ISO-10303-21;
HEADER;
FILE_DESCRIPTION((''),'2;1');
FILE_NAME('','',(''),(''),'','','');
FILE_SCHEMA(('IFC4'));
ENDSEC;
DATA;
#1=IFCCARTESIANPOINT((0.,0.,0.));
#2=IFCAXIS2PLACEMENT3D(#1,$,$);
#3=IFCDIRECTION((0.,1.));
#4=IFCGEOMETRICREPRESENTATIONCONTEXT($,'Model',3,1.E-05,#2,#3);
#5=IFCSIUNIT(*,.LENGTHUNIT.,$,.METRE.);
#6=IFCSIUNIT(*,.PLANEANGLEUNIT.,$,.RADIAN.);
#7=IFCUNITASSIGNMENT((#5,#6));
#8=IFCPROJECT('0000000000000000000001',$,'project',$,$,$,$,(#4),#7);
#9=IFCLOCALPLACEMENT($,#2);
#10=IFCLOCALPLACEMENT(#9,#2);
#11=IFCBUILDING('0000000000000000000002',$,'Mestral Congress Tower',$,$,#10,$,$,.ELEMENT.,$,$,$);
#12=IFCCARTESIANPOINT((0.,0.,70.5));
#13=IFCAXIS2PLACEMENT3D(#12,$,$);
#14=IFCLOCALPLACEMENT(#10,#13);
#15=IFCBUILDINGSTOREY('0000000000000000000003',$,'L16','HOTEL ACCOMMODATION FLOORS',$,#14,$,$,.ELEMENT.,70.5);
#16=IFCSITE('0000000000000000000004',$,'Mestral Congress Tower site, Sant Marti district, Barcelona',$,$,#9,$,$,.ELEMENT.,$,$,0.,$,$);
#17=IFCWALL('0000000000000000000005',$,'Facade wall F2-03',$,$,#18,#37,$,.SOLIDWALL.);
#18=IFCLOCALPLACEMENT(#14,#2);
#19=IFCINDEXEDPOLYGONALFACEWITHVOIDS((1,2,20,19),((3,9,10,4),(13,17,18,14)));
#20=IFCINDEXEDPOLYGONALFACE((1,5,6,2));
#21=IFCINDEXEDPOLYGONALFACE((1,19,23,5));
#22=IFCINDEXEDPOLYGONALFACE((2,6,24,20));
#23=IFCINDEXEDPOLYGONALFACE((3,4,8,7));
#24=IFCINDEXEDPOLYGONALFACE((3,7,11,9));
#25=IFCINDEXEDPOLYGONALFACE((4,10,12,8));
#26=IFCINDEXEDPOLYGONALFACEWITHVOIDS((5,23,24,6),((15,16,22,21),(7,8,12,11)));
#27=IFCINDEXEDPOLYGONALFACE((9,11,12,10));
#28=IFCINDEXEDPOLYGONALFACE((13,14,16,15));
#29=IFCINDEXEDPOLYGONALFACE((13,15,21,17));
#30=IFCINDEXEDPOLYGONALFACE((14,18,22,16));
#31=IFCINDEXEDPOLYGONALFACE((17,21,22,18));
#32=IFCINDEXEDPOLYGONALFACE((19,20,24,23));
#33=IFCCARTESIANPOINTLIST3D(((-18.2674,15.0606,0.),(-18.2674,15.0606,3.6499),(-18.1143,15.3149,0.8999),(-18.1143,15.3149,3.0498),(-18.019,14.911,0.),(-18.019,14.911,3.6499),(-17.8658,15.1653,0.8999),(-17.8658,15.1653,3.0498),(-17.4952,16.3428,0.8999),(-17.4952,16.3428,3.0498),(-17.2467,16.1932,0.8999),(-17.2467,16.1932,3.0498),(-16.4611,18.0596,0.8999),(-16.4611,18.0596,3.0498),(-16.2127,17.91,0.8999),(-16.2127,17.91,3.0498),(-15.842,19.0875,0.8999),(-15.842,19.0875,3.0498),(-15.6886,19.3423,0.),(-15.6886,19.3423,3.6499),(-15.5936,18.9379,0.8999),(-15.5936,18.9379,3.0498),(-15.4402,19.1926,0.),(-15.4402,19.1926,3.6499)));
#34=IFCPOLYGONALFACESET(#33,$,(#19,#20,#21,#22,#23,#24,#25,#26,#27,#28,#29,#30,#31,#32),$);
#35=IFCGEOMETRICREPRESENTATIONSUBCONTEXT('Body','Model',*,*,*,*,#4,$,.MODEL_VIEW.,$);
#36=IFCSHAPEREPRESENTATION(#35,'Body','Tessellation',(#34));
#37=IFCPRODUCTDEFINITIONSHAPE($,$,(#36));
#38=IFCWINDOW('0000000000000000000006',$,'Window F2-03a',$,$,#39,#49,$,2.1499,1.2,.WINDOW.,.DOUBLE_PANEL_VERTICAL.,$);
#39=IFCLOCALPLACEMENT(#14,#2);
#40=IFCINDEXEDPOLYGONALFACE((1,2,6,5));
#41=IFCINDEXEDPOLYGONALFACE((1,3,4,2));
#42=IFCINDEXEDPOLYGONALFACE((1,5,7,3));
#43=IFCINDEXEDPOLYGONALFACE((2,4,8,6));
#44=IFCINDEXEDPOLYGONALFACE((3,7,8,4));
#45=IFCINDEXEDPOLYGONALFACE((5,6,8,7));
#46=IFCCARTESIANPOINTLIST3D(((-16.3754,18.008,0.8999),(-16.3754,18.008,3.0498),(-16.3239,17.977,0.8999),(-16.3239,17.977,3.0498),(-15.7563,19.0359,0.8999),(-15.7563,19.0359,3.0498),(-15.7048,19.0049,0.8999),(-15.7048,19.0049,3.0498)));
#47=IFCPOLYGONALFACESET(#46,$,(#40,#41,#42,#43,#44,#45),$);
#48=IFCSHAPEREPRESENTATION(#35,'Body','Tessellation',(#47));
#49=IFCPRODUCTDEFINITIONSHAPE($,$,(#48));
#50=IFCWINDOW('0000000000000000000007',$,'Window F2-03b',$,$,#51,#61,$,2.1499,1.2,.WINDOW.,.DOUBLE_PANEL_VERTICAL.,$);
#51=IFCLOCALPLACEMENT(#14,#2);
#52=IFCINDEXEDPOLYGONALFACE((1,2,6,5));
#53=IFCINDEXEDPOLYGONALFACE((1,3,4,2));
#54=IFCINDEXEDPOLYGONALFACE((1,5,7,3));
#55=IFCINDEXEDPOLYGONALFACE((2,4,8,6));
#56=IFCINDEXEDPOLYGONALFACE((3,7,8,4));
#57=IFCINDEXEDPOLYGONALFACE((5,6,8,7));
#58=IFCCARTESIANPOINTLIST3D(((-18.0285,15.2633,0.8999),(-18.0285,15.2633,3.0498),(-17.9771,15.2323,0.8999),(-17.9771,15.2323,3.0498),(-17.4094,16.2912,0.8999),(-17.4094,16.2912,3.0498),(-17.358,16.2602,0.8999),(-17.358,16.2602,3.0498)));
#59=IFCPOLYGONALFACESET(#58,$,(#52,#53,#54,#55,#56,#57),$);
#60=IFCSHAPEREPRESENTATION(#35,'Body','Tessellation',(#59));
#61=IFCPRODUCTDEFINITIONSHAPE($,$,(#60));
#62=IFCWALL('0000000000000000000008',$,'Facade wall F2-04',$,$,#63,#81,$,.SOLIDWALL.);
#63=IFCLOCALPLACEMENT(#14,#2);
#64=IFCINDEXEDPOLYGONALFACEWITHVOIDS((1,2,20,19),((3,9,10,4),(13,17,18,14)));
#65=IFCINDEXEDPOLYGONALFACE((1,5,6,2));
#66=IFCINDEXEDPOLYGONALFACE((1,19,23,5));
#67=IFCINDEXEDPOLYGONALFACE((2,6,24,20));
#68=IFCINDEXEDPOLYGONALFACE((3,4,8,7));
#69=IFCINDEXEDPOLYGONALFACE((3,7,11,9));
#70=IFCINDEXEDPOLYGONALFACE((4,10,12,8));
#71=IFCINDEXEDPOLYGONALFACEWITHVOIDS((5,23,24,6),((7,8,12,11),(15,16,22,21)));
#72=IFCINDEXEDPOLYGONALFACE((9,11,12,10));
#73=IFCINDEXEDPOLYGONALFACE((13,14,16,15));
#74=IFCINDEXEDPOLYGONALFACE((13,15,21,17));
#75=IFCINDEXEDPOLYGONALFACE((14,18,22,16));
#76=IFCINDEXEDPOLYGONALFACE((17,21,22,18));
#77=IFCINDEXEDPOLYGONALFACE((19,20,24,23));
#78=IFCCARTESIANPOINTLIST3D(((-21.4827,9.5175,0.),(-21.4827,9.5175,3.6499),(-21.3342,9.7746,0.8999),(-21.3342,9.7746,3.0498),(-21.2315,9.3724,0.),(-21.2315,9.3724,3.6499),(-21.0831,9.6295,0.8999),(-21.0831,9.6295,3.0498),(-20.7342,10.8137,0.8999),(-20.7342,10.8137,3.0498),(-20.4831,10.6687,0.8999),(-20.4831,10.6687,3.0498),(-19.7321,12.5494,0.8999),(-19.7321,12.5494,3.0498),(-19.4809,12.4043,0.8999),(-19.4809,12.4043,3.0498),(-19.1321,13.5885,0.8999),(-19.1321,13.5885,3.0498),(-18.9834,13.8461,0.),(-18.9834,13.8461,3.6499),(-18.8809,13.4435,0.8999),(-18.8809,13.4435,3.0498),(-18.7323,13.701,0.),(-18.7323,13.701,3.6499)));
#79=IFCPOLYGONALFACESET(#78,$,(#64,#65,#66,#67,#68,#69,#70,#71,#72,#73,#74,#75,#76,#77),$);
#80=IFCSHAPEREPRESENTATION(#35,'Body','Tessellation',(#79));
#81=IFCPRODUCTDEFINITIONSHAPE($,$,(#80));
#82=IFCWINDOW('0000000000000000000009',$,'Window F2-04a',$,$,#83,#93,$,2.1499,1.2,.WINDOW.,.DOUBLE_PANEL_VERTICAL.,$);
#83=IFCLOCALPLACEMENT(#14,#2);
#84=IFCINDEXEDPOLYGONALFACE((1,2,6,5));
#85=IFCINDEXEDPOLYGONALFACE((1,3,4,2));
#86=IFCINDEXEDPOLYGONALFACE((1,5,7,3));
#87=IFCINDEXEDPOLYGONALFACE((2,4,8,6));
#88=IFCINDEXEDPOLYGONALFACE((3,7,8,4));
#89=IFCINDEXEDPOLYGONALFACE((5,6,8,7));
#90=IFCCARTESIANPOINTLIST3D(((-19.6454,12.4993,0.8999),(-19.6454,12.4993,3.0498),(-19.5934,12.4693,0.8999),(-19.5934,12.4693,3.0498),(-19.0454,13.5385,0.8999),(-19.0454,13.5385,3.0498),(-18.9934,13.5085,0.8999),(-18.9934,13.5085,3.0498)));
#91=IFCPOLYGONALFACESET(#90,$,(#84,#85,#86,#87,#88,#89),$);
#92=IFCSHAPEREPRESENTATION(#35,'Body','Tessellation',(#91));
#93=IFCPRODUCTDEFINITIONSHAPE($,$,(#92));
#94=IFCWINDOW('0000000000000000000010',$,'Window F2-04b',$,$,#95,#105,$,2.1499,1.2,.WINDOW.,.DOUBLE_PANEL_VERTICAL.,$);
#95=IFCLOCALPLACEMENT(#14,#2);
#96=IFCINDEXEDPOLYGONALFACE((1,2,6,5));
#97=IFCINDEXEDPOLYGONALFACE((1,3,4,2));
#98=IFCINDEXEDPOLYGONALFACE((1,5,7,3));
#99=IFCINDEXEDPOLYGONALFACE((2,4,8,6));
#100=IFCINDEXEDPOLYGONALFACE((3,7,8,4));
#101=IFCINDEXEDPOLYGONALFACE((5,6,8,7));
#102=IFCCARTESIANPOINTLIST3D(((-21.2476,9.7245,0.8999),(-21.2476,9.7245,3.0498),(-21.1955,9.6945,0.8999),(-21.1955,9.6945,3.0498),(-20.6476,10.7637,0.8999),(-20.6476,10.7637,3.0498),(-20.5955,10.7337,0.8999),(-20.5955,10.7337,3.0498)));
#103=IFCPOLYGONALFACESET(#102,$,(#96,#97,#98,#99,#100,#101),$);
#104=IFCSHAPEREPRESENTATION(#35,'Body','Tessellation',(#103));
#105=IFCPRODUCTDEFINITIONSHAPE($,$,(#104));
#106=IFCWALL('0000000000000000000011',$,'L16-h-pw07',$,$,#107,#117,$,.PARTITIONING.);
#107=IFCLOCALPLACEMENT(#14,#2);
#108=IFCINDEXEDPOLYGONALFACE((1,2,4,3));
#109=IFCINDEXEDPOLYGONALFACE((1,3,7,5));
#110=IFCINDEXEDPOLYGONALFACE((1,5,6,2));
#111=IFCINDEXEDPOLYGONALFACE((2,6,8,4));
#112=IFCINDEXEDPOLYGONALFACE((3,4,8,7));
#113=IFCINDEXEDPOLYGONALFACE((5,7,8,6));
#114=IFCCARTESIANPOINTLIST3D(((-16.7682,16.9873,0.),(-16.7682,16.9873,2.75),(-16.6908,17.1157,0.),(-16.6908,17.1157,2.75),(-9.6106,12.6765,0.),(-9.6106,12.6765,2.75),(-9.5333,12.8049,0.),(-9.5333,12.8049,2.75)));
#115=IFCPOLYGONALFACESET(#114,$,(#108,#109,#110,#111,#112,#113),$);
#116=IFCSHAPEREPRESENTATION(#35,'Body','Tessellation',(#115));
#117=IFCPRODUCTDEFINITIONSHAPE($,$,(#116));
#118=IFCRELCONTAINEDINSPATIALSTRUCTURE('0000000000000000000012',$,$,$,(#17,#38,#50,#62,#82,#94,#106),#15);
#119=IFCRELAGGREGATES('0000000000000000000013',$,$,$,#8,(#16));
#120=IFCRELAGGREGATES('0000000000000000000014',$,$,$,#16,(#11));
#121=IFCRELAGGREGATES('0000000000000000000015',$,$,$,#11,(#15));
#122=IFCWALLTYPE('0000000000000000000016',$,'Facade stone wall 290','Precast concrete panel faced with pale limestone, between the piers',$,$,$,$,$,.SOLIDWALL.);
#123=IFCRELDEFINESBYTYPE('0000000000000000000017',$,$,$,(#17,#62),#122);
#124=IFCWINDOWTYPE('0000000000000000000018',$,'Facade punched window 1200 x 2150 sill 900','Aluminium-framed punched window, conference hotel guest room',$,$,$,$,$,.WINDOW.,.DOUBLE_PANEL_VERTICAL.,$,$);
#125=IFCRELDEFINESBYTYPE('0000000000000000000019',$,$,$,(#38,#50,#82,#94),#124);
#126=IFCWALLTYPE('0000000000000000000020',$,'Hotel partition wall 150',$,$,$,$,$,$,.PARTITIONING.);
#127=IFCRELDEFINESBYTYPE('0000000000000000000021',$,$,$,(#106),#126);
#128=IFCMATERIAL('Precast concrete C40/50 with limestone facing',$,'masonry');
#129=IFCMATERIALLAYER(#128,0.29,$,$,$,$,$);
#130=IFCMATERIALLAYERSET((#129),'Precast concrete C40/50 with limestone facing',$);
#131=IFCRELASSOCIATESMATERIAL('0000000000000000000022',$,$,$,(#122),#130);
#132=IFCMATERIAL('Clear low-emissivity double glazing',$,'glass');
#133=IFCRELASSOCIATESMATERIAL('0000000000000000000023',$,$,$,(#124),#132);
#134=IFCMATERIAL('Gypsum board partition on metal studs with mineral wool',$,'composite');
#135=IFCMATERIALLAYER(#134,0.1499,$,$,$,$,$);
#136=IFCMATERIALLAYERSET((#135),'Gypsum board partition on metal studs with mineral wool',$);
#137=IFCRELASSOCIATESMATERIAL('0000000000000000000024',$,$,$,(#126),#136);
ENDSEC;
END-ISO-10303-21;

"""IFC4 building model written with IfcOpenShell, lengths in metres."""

from ifc_helpers import new_model, si_unit, direction, frame, frame_2d, origin, place, context, subcontext, project, spatial, rectangle, extrude, material, layer, layer_set, type_object, element, fill, save


model = new_model("IFC4")

# Units and contexts
model_context = context("Model", 3, precision=1e-05, world=origin(), true_north=direction((0.0, 1.0)))
body_context = subcontext(model_context, "Body", "Model", "MODEL_VIEW")
ifc_project = project(units=[si_unit("LENGTHUNIT", "METRE"), si_unit("PLANEANGLEUNIT", "RADIAN")], contexts=[model_context])

# Site, building, storey
site_placement = place(None, origin())
site = spatial("IfcSite", under=ifc_project, at=site_placement, Name="Mestral Congress Tower site, Sant Marti district, Barcelona", CompositionType="ELEMENT", RefElevation=0.0)
building_placement = place(site_placement, origin())
building = spatial("IfcBuilding", under=site, at=building_placement, Name="Mestral Congress Tower", CompositionType="ELEMENT")
storey_placement = place(building_placement, frame((0.0, 0.0, 70.5)))
storey = spatial("IfcBuildingStorey", under=building, at=storey_placement, Name="L16", Description="HOTEL ACCOMMODATION FLOORS", CompositionType="ELEMENT", Elevation=70.5)

# Walls, openings, windows
ifc_material_1 = material(Name="Precast concrete C40/50 with limestone facing", Category="masonry")
ifc_layer_1 = layer(ifc_material_1, 0.29)
ifc_layer_set_1 = layer_set([ifc_layer_1], Name="Precast concrete C40/50 with limestone facing")
wall_type_1 = type_object("IfcWallType", Name="Facade stone wall 290", Description="Precast concrete panel faced with pale limestone, between the piers", PredefinedType="SOLIDWALL", material=ifc_layer_set_1)
ifc_material_2 = material(Name="Clear low-emissivity double glazing", Category="glass")
window_type = type_object("IfcWindowType", Name="Facade punched window 1200 x 2150 sill 900", Description="Aluminium-framed punched window, conference hotel guest room", PartitioningType="DOUBLE_PANEL_VERTICAL", PredefinedType="WINDOW", material=ifc_material_2)
wall_1_placement = place(storey_placement, frame((-15.5645, 19.2673, 0.0), z_axis=(0.0, 0.0, 1.0), x_axis=(-0.515939, -0.856625, 0.0)))
wall_1 = element("IfcWall", 1, at=wall_1_placement, inside=storey, type_object=wall_type_1, Name="Facade wall F2-03", PredefinedType="SOLIDWALL", context=body_context, shape_type="SweptSolid", body=[
    extrude(rectangle(XDim=4.9983, YDim=0.29, at=frame_2d((2.499, 0.0))), origin(), (0.0, 0.0, 1.0), 3.6499),
])
opening_1_placement = place(wall_1_placement, frame((0.2971, 0.0, 0.8999)))
opening_1 = element("IfcOpeningElement", 2, at=opening_1_placement, cuts=wall_1, PredefinedType="OPENING", context=body_context, shape_type="SweptSolid", body=[
    extrude(rectangle(XDim=1.2, YDim=2.1499, at=frame_2d((0.6001, 1.075))), frame((0.0, 0.155, 0.0), z_axis=(0.0, -1.0, 0.0), x_axis=(1.0, 0.0, 0.0)), (0.0, 0.0, 1.0), 0.3101),
])
opening_2_placement = place(wall_1_placement, frame((3.5012, 0.0, 0.8999)))
opening_2 = element("IfcOpeningElement", 3, at=opening_2_placement, cuts=wall_1, PredefinedType="OPENING", context=body_context, shape_type="SweptSolid", body=[
    extrude(rectangle(XDim=1.2, YDim=2.1499, at=frame_2d((0.6001, 1.075))), frame((0.0, 0.155, 0.0), z_axis=(0.0, -1.0, 0.0), x_axis=(1.0, 0.0, 0.0)), (0.0, 0.0, 1.0), 0.3101),
])
window_1_placement = place(opening_1_placement, origin())
window_1 = element("IfcWindow", 4, at=window_1_placement, inside=storey, type_object=window_type, Name="Window F2-03a", OverallHeight=2.1499, OverallWidth=1.2, PartitioningType="DOUBLE_PANEL_VERTICAL", PredefinedType="WINDOW", context=body_context, shape_type="SweptSolid", body=[
    extrude(rectangle(XDim=1.2, YDim=2.1499, at=frame_2d((0.6001, 1.075))), frame((0.0, 0.0151, 0.0), z_axis=(0.0, -1.0, 0.0), x_axis=(1.0, 0.0, 0.0)), (0.0, 0.0, 1.0), 0.0601),
])
fill(opening_1, window_1)
window_2_placement = place(opening_2_placement, origin())
window_2 = element("IfcWindow", 5, at=window_2_placement, inside=storey, type_object=window_type, Name="Window F2-03b", OverallHeight=2.1499, OverallWidth=1.2, PartitioningType="DOUBLE_PANEL_VERTICAL", PredefinedType="WINDOW", context=body_context, shape_type="SweptSolid", body=[
    extrude(rectangle(XDim=1.2, YDim=2.1499, at=frame_2d((0.6001, 1.075))), frame((0.0, 0.0151, 0.0), z_axis=(0.0, -1.0, 0.0), x_axis=(1.0, 0.0, 0.0)), (0.0, 0.0, 1.0), 0.0601),
])
fill(opening_2, window_2)
wall_2_placement = place(storey_placement, frame((-18.8579, 13.7734, 0.0), z_axis=(0.0, 0.0, 1.0), x_axis=(-0.500021, -0.866013, 0.0)))
wall_2 = element("IfcWall", 6, at=wall_2_placement, inside=storey, type_object=wall_type_1, Name="Facade wall F2-04", PredefinedType="SOLIDWALL", context=body_context, shape_type="SweptSolid", body=[
    extrude(rectangle(XDim=4.9983, YDim=0.29, at=frame_2d((2.499, 0.0))), origin(), (0.0, 0.0, 1.0), 3.6499),
])
opening_3_placement = place(wall_2_placement, frame((0.2971, 0.0, 0.8999)))
opening_3 = element("IfcOpeningElement", 7, at=opening_3_placement, cuts=wall_2, PredefinedType="OPENING", context=body_context, shape_type="SweptSolid", body=[
    extrude(rectangle(XDim=1.2, YDim=2.1499, at=frame_2d((0.6001, 1.075))), frame((0.0, 0.155, 0.0), z_axis=(0.0, -1.0, 0.0), x_axis=(1.0, 0.0, 0.0)), (0.0, 0.0, 1.0), 0.3101),
])
opening_4_placement = place(wall_2_placement, frame((3.5012, 0.0, 0.8999)))
opening_4 = element("IfcOpeningElement", 8, at=opening_4_placement, cuts=wall_2, PredefinedType="OPENING", context=body_context, shape_type="SweptSolid", body=[
    extrude(rectangle(XDim=1.2, YDim=2.1499, at=frame_2d((0.6001, 1.075))), frame((0.0, 0.155, 0.0), z_axis=(0.0, -1.0, 0.0), x_axis=(1.0, 0.0, 0.0)), (0.0, 0.0, 1.0), 0.3101),
])
window_3_placement = place(opening_3_placement, origin())
window_3 = element("IfcWindow", 9, at=window_3_placement, inside=storey, type_object=window_type, Name="Window F2-04a", OverallHeight=2.1499, OverallWidth=1.2, PartitioningType="DOUBLE_PANEL_VERTICAL", PredefinedType="WINDOW", context=body_context, shape_type="SweptSolid", body=[
    extrude(rectangle(XDim=1.2, YDim=2.1499, at=frame_2d((0.6001, 1.075))), frame((0.0, 0.0151, 0.0), z_axis=(0.0, -1.0, 0.0), x_axis=(1.0, 0.0, 0.0)), (0.0, 0.0, 1.0), 0.0601),
])
fill(opening_3, window_3)
window_4_placement = place(opening_4_placement, origin())
window_4 = element("IfcWindow", 10, at=window_4_placement, inside=storey, type_object=window_type, Name="Window F2-04b", OverallHeight=2.1499, OverallWidth=1.2, PartitioningType="DOUBLE_PANEL_VERTICAL", PredefinedType="WINDOW", context=body_context, shape_type="SweptSolid", body=[
    extrude(rectangle(XDim=1.2, YDim=2.1499, at=frame_2d((0.6001, 1.075))), frame((0.0, 0.0151, 0.0), z_axis=(0.0, -1.0, 0.0), x_axis=(1.0, 0.0, 0.0)), (0.0, 0.0, 1.0), 0.0601),
])
fill(opening_4, window_4)

# Wall
ifc_material_3 = material(Name="Gypsum board partition on metal studs with mineral wool", Category="composite")
ifc_layer_2 = layer(ifc_material_3, 0.1499)
ifc_layer_set_2 = layer_set([ifc_layer_2], Name="Gypsum board partition on metal studs with mineral wool")
wall_type_2 = type_object("IfcWallType", Name="Hotel partition wall 150", PredefinedType="PARTITIONING", material=ifc_layer_set_2)
wall_3_placement = place(storey_placement, frame((-16.7295, 17.0515, 0.0), z_axis=(0.0, 0.0, 1.0), x_axis=(0.856631, -0.51593, 0.0)))
element("IfcWall", 11, at=wall_3_placement, inside=storey, type_object=wall_type_2, Name="L16-h-pw07", PredefinedType="PARTITIONING", context=body_context, shape_type="SweptSolid", body=[
    extrude(rectangle(XDim=8.3555, YDim=0.1499, at=frame_2d((4.1777, 0.0))), origin(), (0.0, 0.0, 1.0), 2.75),
])

save(model, "model.ifc")
